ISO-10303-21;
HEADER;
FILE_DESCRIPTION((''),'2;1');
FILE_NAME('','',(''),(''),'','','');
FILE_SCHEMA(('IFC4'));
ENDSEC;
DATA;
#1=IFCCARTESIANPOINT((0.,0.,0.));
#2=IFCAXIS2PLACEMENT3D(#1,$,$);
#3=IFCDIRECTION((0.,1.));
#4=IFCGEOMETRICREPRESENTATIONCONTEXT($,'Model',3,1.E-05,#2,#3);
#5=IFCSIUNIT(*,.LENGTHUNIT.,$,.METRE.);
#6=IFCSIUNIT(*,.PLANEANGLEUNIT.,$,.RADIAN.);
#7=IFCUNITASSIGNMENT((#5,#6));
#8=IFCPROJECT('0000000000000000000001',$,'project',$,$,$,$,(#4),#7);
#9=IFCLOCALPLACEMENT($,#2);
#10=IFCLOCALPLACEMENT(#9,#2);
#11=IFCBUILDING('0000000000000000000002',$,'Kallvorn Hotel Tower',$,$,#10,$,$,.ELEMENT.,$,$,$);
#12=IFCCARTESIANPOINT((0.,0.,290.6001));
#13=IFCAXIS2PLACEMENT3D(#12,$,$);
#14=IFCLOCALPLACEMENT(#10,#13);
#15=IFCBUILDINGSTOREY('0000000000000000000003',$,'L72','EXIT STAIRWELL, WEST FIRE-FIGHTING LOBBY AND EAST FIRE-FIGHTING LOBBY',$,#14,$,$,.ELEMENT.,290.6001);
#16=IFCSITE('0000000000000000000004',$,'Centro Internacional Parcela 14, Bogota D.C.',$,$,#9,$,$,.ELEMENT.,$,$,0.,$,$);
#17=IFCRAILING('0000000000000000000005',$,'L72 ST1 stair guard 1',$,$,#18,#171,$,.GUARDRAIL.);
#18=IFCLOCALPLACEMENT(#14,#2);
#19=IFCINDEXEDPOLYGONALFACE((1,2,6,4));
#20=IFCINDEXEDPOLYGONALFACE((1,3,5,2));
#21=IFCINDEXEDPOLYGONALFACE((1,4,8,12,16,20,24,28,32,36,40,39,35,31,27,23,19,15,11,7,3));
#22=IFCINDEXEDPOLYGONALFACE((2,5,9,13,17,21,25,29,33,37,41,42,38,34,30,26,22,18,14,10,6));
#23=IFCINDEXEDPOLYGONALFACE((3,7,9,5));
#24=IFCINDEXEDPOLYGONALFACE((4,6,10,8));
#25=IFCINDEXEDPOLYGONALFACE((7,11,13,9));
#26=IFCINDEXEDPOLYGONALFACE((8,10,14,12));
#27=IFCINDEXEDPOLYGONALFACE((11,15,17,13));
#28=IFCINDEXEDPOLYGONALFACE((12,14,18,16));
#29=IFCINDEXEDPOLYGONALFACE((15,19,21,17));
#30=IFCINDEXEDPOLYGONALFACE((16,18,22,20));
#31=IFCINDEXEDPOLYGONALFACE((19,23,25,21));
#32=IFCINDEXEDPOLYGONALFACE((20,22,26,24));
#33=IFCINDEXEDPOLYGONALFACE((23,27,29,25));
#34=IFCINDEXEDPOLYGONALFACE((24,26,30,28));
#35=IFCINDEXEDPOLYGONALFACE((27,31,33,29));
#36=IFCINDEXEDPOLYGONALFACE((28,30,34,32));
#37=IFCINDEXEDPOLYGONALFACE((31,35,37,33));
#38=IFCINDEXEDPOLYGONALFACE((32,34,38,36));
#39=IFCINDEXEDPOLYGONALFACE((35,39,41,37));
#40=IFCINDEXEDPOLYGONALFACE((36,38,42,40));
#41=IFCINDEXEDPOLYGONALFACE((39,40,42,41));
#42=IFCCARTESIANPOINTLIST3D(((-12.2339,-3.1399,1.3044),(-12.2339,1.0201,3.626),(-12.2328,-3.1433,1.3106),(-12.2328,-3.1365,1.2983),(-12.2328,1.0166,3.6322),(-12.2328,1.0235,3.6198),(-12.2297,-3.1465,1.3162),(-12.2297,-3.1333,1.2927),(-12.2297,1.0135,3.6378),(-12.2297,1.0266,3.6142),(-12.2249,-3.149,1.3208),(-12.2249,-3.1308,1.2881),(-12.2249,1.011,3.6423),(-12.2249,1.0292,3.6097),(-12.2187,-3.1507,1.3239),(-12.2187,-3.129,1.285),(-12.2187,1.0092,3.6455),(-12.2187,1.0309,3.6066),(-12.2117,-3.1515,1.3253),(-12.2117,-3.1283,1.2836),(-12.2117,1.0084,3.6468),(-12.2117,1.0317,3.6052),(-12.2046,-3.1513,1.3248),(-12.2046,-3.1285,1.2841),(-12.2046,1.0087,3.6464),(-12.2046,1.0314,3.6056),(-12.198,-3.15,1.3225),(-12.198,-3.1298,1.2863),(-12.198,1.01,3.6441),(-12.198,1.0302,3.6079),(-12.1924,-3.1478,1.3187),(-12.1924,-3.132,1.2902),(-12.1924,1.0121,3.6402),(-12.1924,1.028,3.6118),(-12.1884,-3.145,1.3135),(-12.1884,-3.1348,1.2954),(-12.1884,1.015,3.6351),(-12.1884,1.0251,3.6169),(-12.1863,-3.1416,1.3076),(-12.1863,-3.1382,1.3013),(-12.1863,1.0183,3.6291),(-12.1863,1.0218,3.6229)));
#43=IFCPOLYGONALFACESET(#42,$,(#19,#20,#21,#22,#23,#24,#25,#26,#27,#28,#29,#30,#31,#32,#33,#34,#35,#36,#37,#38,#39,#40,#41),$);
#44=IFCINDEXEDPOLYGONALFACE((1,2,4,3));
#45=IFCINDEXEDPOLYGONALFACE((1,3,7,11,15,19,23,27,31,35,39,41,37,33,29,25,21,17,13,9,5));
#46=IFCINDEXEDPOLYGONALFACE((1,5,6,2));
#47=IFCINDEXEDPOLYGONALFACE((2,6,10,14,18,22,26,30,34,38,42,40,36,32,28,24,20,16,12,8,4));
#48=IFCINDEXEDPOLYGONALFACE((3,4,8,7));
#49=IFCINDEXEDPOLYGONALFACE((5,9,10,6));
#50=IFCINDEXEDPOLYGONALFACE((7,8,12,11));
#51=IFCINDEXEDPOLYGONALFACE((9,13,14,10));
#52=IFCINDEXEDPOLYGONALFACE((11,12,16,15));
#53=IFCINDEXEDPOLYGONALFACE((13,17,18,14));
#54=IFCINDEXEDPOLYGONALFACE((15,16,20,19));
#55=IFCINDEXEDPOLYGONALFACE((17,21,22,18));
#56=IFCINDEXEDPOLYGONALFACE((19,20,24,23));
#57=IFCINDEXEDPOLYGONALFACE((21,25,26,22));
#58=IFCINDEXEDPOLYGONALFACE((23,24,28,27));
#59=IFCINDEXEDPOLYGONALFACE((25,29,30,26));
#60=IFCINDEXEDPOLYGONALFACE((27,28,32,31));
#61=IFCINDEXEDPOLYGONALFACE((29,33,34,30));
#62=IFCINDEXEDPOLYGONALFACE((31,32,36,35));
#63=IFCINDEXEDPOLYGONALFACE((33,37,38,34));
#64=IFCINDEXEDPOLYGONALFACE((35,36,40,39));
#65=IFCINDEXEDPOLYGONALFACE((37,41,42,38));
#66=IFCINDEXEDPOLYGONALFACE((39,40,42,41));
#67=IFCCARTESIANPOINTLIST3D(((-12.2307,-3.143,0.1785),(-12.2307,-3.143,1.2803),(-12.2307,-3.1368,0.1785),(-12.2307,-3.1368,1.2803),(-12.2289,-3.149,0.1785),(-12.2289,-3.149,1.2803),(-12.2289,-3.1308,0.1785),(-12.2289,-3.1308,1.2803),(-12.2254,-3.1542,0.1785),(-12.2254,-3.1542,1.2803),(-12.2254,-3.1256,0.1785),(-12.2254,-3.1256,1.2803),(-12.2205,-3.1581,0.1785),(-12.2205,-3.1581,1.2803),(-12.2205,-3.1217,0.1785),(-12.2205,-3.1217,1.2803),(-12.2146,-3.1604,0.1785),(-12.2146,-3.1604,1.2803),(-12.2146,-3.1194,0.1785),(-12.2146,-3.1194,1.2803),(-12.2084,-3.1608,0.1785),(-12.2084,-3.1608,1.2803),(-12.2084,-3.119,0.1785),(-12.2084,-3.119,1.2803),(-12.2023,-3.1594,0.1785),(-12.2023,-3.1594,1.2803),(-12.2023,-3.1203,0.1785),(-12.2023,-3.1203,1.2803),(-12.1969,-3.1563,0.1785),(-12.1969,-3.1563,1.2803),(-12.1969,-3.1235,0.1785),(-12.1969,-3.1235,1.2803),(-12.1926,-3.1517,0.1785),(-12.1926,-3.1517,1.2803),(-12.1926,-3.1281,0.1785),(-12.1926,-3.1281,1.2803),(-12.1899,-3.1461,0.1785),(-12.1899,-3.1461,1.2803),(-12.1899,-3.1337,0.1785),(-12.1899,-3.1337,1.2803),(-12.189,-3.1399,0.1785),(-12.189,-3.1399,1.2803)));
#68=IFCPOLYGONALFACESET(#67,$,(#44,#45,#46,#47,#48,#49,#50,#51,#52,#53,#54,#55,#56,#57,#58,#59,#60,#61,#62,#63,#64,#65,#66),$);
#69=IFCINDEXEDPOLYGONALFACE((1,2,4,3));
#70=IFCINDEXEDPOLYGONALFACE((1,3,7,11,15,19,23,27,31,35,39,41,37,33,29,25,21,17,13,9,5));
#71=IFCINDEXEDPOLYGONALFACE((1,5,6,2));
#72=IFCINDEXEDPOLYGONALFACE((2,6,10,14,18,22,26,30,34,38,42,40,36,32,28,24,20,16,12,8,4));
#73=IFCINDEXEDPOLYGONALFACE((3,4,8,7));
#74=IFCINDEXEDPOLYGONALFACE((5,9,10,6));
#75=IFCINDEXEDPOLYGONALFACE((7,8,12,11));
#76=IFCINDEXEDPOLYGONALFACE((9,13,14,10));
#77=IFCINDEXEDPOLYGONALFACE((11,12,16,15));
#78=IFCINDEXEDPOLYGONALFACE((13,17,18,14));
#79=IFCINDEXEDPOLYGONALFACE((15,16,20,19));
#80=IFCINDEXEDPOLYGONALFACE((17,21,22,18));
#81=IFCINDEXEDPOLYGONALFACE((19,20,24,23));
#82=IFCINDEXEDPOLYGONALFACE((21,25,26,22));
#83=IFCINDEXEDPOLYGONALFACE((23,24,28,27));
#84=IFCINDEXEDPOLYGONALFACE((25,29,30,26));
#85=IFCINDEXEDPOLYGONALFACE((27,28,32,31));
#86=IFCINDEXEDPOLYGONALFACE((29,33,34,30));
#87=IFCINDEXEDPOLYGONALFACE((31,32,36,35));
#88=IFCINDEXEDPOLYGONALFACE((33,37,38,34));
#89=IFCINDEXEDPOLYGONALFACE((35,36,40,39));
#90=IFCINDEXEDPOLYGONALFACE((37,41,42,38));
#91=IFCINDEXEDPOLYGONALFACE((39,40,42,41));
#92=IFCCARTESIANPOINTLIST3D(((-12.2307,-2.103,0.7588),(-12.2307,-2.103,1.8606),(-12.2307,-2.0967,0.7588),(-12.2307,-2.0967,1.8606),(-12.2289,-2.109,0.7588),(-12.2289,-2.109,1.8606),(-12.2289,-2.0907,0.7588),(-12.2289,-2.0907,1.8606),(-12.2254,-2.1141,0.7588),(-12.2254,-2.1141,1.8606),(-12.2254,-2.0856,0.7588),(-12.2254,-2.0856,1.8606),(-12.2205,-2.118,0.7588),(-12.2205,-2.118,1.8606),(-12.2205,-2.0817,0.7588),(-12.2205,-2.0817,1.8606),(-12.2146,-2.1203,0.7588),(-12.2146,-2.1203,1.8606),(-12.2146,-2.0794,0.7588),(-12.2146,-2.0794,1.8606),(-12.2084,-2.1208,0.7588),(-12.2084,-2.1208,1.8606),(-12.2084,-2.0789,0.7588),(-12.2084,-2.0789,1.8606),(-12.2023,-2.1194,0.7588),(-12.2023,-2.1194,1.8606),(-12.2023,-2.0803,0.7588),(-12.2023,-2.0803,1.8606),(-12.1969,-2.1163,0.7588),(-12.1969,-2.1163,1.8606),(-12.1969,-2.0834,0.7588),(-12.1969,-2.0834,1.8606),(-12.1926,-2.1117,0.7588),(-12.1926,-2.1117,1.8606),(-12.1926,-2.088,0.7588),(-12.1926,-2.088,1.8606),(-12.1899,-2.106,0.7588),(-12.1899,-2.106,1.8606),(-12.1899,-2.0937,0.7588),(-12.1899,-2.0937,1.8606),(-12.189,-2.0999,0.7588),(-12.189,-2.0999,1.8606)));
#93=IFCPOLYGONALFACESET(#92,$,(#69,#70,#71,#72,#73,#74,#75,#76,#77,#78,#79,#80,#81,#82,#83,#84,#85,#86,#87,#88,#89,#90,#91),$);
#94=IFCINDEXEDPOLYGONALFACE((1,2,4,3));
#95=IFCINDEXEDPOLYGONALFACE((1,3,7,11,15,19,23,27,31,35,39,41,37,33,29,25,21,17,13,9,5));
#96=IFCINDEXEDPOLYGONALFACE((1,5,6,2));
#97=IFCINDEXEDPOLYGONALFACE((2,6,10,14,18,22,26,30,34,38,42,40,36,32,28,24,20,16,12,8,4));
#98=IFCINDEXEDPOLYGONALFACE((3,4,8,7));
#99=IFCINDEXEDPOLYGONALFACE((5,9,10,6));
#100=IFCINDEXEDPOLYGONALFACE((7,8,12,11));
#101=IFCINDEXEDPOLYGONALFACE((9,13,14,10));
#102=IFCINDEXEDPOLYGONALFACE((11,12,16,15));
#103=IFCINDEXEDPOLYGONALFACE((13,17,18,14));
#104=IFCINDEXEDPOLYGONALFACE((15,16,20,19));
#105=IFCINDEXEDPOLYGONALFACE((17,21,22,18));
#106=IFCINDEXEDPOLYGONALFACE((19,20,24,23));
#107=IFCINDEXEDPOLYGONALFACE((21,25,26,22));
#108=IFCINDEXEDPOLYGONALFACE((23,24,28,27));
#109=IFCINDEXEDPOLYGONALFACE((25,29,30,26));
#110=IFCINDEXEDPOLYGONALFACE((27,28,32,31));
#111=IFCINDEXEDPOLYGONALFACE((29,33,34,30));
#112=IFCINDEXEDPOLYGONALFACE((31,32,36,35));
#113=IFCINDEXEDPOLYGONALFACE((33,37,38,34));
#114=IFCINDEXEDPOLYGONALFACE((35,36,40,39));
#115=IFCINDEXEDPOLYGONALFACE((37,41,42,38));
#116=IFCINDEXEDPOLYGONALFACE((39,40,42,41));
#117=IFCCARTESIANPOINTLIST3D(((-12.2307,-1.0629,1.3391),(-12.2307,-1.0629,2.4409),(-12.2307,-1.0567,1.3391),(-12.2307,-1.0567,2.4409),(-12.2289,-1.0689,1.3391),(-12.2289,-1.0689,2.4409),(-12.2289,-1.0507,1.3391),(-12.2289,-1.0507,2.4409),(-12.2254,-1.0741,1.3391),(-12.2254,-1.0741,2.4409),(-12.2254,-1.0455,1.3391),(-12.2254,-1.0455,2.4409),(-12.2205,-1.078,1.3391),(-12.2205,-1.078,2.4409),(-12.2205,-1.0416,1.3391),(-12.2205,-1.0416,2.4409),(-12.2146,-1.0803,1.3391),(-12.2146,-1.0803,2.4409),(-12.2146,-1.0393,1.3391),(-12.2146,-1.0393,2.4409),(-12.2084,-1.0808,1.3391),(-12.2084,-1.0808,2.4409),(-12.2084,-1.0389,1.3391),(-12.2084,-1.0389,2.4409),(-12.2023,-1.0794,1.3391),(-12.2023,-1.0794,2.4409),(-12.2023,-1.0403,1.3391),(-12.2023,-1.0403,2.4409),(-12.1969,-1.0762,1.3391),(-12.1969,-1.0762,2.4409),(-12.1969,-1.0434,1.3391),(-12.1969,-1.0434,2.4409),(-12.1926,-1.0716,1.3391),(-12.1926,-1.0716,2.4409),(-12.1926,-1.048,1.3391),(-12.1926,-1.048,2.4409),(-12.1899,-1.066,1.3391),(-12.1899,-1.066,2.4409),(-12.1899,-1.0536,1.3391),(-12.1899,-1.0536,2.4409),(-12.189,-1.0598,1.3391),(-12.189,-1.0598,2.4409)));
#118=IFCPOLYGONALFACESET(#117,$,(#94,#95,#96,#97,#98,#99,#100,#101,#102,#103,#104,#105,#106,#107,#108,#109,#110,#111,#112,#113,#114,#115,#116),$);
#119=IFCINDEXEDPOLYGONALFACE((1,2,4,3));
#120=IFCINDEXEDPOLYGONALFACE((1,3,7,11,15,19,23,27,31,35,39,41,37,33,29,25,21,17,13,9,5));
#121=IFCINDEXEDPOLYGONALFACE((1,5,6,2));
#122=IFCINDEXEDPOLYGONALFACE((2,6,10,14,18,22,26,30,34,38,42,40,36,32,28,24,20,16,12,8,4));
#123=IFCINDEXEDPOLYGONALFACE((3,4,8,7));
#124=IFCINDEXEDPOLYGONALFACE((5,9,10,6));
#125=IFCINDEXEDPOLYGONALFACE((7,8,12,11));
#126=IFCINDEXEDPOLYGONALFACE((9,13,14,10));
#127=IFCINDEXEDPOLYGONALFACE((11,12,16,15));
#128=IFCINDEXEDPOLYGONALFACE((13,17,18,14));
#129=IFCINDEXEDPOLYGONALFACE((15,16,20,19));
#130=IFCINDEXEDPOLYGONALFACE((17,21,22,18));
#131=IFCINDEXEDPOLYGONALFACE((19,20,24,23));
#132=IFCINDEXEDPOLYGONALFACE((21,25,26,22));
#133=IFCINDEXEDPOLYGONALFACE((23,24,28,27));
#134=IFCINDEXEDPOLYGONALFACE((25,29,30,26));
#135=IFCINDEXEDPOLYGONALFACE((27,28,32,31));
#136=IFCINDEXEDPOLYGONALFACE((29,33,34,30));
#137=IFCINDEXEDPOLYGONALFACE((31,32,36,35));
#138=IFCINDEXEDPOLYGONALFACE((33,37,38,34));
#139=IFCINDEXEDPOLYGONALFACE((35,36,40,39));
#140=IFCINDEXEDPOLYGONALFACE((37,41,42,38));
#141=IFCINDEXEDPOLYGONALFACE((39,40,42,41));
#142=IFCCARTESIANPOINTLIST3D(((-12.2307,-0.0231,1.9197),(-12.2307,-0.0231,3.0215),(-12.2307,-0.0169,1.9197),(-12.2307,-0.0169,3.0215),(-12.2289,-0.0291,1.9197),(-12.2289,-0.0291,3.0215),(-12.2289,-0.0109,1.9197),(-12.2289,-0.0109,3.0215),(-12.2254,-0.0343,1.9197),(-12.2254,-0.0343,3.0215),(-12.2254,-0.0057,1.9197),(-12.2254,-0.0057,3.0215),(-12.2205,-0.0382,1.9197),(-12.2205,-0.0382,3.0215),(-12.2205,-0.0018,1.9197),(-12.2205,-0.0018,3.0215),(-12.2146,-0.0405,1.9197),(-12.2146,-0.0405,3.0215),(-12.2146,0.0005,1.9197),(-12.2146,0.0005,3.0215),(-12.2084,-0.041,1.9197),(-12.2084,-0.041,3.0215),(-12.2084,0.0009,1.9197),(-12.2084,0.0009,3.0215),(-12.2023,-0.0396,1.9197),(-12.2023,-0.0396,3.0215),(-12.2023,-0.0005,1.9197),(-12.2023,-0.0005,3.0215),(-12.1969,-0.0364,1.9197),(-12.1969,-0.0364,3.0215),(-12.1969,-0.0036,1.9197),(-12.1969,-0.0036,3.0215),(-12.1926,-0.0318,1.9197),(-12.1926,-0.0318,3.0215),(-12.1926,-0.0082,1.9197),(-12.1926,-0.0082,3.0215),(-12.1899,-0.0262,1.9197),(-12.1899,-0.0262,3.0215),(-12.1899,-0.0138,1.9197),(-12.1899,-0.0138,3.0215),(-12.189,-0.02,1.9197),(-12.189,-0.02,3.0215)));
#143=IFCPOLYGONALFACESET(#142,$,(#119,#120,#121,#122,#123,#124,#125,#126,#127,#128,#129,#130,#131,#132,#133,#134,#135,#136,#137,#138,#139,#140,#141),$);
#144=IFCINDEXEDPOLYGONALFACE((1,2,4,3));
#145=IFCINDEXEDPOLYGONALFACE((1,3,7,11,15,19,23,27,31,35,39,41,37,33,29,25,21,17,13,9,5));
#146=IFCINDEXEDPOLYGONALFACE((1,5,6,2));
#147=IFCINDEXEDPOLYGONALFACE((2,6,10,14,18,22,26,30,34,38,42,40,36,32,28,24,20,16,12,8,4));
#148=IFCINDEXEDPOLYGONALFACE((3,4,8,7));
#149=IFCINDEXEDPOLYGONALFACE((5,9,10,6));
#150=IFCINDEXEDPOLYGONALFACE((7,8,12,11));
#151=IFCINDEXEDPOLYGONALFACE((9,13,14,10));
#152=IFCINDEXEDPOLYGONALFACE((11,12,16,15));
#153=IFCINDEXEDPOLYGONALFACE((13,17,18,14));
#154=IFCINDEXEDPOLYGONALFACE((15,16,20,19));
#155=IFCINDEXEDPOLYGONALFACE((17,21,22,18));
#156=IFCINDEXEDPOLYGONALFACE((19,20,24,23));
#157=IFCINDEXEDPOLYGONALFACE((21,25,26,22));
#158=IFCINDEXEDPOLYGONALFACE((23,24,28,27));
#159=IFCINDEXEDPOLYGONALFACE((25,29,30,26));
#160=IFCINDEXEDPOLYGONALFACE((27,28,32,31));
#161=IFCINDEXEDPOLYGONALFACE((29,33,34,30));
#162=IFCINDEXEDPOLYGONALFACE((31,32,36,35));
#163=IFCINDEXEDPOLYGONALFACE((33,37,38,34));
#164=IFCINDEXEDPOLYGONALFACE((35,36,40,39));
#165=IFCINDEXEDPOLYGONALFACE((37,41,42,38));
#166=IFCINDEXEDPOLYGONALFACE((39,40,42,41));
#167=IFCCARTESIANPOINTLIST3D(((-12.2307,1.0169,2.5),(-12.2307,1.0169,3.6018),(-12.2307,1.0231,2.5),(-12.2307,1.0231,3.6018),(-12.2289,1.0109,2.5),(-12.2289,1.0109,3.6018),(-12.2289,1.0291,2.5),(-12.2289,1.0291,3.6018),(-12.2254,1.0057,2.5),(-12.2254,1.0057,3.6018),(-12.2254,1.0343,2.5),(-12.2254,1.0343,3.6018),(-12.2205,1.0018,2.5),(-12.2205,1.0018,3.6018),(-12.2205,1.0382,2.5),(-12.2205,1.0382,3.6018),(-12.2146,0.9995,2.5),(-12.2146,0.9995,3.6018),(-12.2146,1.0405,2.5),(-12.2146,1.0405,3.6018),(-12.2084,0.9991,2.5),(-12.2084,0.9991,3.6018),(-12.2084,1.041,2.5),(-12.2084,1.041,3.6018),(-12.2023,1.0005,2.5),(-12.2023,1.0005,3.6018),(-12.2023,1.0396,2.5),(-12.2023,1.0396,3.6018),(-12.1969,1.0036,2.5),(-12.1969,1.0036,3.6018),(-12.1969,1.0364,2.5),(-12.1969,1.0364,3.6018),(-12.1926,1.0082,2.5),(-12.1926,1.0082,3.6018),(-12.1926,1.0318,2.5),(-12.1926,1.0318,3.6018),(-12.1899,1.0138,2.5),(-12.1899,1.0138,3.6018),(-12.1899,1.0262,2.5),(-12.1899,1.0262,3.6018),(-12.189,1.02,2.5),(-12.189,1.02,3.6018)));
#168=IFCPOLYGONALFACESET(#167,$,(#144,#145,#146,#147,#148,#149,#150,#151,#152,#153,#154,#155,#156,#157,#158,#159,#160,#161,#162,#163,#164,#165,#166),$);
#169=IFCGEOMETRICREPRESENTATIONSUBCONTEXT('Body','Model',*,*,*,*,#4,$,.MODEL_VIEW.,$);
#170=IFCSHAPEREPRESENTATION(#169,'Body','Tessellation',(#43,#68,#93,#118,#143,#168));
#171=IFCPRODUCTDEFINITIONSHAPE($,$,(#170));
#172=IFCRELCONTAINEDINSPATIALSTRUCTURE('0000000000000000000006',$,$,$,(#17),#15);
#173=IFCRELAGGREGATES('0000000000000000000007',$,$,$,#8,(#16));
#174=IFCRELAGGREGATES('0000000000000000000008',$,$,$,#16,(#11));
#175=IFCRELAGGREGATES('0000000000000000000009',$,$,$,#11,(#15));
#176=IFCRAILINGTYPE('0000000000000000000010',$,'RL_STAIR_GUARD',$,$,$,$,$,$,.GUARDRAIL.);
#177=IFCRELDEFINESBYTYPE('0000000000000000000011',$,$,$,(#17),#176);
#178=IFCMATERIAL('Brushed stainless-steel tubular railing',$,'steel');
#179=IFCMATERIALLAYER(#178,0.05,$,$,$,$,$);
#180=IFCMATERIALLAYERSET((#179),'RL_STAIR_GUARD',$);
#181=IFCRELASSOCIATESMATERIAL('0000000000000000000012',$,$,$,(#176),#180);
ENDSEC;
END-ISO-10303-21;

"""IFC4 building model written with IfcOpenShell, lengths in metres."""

from ifc_helpers import new_model, si_unit, direction, frame, origin, origin_2d, place, context, subcontext, project, spatial, circle, extrude, material, layer, layer_set, type_object, element, save


model = new_model("IFC4")

# Units and contexts
model_context = context("Model", 3, precision=1e-05, world=origin(), true_north=direction((0.0, 1.0)))
body_context = subcontext(model_context, "Body", "Model", "MODEL_VIEW")
ifc_project = project(units=[si_unit("LENGTHUNIT", "METRE"), si_unit("PLANEANGLEUNIT", "RADIAN")], contexts=[model_context])

# Site, building, storey
site_placement = place(None, origin())
site = spatial("IfcSite", under=ifc_project, at=site_placement, Name="Centro Internacional Parcela 14, Bogota D.C.", CompositionType="ELEMENT", RefElevation=0.0)
building_placement = place(site_placement, origin())
building = spatial("IfcBuilding", under=site, at=building_placement, Name="Kallvorn Hotel Tower", CompositionType="ELEMENT")
storey_placement = place(building_placement, frame((0.0, 0.0, 290.6001)))
storey = spatial("IfcBuildingStorey", under=building, at=storey_placement, Name="L72", Description="EXIT STAIRWELL, WEST FIRE-FIGHTING LOBBY AND EAST FIRE-FIGHTING LOBBY", CompositionType="ELEMENT", Elevation=290.6001)

# Railing
ifc_material_1 = material(Name="Brushed stainless-steel tubular railing", Category="steel")
ifc_layer_1 = layer(ifc_material_1, 0.05)
ifc_layer_set_1 = layer_set([ifc_layer_1], Name="RL_STAIR_GUARD")
railing_type_1 = type_object("IfcRailingType", Name="RL_STAIR_GUARD", PredefinedType="GUARDRAIL", material=ifc_layer_set_1)
railing_1_placement = place(storey_placement, frame((-12.21, -3.1399, 0.1785)))
element("IfcRailing", 1, at=railing_1_placement, inside=storey, type_object=railing_type_1, Name="L72 ST1 stair guard 1", PredefinedType="GUARDRAIL", context=body_context, shape_type="SweptSolid", body=[
    extrude(circle(Radius=0.0239, at=origin_2d()), frame((0.0, 0.0, 1.126), z_axis=(0.0, 0.873223, 0.487322), x_axis=(-1.0, 0.0, 0.0)), (0.0, 0.0, 1.0), 4.7639),
    extrude(circle(Radius=0.021, at=origin_2d()), origin(), (0.0, 0.0, 1.0), 1.1018),
    extrude(circle(Radius=0.021, at=origin_2d()), frame((0.0, 1.04, 0.5803)), (0.0, 0.0, 1.0), 1.1018),
    extrude(circle(Radius=0.021, at=origin_2d()), frame((0.0, 2.0801, 1.1606)), (0.0, 0.0, 1.0), 1.1018),
    extrude(circle(Radius=0.021, at=origin_2d()), frame((0.0, 3.1199, 1.7412)), (0.0, 0.0, 1.0), 1.1018),
    extrude(circle(Radius=0.021, at=origin_2d()), frame((0.0, 4.1599, 2.3215)), (0.0, 0.0, 1.0), 1.1018),
])

save(model, "model.ifc")
